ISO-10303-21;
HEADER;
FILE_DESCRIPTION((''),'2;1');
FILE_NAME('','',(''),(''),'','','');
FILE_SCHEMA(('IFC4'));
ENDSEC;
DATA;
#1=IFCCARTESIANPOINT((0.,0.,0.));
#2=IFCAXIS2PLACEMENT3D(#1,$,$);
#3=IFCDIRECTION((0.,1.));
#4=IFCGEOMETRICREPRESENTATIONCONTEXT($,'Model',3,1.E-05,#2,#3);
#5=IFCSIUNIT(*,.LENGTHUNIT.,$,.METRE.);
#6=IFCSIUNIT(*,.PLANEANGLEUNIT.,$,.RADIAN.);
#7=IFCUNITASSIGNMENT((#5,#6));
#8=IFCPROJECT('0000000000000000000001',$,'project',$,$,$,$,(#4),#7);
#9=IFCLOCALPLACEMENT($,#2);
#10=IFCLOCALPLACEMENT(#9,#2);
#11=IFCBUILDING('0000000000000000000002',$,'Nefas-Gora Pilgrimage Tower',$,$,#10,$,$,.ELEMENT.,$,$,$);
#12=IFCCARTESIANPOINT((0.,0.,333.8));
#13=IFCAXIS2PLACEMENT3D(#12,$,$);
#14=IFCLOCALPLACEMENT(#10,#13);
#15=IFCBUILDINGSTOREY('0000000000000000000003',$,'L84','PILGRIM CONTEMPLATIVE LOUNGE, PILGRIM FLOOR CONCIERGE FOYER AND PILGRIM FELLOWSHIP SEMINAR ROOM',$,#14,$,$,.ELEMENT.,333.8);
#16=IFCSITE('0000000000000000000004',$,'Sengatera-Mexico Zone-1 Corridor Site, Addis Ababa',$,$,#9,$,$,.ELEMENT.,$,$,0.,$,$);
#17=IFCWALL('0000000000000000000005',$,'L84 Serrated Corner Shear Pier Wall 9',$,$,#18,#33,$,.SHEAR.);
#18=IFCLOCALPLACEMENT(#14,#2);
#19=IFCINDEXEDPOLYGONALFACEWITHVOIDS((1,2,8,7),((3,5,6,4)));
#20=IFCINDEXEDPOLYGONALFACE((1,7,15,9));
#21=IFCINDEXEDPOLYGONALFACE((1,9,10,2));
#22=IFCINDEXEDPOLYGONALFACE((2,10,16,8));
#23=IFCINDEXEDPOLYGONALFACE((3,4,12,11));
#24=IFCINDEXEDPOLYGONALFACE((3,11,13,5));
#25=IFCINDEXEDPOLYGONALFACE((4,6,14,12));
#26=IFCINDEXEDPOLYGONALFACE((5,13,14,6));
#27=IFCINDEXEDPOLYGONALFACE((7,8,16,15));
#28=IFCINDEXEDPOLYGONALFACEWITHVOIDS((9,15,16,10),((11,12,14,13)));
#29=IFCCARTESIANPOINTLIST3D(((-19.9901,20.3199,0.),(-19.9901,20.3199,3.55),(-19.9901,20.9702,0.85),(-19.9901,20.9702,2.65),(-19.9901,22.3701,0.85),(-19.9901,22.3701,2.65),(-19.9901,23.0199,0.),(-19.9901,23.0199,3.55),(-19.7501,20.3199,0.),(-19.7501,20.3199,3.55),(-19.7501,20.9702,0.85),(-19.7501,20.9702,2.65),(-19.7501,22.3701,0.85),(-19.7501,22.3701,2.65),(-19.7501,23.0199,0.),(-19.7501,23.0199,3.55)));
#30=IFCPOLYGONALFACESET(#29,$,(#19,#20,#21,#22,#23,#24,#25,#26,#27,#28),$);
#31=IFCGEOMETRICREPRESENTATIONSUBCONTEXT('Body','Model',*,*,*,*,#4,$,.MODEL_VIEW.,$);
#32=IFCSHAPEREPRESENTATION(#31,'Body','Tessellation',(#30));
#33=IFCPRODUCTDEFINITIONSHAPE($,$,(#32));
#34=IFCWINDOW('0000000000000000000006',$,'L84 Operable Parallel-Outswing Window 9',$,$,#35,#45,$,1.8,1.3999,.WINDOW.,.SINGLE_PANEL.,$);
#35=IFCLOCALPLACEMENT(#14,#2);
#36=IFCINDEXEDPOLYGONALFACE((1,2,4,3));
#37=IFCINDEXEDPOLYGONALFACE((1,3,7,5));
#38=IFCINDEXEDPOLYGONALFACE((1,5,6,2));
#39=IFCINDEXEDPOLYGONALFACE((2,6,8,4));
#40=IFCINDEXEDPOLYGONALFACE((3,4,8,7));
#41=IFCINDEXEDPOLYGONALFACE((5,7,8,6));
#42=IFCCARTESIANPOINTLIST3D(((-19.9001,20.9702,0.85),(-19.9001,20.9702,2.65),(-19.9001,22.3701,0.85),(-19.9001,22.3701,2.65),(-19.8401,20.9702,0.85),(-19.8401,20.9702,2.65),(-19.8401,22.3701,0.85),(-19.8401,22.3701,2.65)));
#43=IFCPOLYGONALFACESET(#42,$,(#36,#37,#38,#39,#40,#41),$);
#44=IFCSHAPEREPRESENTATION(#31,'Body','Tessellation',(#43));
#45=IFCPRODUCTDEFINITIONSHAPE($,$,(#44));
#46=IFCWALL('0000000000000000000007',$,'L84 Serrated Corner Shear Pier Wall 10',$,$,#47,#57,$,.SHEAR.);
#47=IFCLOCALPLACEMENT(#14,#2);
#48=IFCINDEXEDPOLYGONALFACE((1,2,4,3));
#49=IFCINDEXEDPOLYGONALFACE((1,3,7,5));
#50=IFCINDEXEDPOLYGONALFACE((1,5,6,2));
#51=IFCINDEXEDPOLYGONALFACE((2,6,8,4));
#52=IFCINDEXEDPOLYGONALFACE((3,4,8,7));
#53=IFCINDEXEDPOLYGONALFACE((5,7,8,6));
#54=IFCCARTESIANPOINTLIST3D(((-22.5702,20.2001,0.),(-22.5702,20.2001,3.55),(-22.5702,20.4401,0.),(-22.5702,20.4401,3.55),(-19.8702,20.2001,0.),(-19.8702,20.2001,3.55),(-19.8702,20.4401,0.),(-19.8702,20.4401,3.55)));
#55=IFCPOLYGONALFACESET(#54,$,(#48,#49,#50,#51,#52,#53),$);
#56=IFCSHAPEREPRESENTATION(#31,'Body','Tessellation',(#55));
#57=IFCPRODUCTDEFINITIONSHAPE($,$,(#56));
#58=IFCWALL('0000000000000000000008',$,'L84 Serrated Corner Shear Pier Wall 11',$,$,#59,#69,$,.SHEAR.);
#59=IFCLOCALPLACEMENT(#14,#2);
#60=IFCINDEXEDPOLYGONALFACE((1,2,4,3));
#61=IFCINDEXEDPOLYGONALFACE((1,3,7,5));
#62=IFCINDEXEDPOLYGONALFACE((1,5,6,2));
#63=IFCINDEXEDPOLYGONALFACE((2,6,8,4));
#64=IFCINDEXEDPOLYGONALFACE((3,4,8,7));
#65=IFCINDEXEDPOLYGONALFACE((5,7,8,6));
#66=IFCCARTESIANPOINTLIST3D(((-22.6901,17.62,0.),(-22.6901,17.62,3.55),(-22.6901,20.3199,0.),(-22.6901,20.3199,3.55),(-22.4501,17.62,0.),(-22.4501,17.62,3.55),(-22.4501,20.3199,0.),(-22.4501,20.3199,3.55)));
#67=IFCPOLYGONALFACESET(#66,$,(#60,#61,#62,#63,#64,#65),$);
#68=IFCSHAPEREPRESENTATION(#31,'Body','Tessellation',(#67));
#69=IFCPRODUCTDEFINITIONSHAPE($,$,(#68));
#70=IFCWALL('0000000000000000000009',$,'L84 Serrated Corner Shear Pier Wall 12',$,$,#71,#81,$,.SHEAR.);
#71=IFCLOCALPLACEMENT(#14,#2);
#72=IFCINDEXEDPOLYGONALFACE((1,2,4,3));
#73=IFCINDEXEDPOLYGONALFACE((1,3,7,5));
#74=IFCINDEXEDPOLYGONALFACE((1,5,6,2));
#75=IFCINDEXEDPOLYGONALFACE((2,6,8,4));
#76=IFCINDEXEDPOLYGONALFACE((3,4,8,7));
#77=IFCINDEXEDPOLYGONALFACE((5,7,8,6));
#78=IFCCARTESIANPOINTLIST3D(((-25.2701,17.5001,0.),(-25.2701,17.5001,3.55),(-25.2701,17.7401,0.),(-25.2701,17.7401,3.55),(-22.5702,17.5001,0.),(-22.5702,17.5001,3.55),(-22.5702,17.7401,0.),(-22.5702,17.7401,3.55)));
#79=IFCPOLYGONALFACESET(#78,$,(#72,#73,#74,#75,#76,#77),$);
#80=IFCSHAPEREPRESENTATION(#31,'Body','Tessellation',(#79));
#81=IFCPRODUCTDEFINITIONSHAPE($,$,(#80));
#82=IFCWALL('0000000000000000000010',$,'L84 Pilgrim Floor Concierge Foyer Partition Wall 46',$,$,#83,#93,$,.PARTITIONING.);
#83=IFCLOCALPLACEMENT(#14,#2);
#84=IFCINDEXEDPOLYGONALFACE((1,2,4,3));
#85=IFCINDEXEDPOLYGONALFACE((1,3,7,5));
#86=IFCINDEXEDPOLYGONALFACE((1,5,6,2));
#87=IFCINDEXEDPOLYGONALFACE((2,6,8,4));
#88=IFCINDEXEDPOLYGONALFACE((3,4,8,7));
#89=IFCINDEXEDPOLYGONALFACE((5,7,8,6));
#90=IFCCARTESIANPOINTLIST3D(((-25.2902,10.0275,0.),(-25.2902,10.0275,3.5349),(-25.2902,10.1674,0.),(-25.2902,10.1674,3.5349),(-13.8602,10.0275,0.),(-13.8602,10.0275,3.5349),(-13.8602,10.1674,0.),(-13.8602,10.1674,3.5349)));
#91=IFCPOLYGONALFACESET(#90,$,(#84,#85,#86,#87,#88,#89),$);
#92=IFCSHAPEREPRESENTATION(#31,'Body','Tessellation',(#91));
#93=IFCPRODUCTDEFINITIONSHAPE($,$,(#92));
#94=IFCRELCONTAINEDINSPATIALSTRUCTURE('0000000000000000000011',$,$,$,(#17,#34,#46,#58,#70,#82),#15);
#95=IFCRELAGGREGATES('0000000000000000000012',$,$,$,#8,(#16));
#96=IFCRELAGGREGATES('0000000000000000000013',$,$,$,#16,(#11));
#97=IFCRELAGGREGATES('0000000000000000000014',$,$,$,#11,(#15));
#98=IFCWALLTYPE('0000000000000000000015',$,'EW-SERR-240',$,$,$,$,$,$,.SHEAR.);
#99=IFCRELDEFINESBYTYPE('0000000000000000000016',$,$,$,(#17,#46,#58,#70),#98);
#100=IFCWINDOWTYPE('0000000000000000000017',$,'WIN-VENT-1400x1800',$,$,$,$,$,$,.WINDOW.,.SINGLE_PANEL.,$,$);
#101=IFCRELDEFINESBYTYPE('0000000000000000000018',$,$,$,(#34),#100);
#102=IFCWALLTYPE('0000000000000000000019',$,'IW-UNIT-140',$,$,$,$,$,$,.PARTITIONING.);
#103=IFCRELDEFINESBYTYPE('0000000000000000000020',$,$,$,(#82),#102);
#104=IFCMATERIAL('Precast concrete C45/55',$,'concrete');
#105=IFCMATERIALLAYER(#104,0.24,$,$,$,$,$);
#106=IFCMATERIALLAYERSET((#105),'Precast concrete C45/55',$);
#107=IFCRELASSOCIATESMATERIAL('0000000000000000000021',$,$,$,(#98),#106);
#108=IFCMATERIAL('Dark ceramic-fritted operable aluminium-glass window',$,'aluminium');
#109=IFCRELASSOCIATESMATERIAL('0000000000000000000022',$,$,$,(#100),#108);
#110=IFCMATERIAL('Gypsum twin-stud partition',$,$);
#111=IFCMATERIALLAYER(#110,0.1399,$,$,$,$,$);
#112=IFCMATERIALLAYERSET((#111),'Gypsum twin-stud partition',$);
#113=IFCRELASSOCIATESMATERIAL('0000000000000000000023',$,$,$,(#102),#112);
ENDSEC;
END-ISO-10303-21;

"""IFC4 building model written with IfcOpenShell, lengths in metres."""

from ifc_helpers import new_model, si_unit, direction, frame, frame_2d, origin, place, context, subcontext, project, spatial, rectangle, extrude, source, transform, mapped, material, layer, layer_set, type_object, element, fill, save


model = new_model("IFC4")

# Units and contexts
model_context = context("Model", 3, precision=1e-05, world=origin(), true_north=direction((0.0, 1.0)))
body_context = subcontext(model_context, "Body", "Model", "MODEL_VIEW")
ifc_project = project(units=[si_unit("LENGTHUNIT", "METRE"), si_unit("PLANEANGLEUNIT", "RADIAN")], contexts=[model_context])

# Site, building, storey
site_placement = place(None, origin())
site = spatial("IfcSite", under=ifc_project, at=site_placement, Name="Sengatera-Mexico Zone-1 Corridor Site, Addis Ababa", CompositionType="ELEMENT", RefElevation=0.0)
building_placement = place(site_placement, origin())
building = spatial("IfcBuilding", under=site, at=building_placement, Name="Nefas-Gora Pilgrimage Tower", CompositionType="ELEMENT")
storey_placement = place(building_placement, frame((0.0, 0.0, 333.8)))
storey = spatial("IfcBuildingStorey", under=building, at=storey_placement, Name="L84", Description="PILGRIM CONTEMPLATIVE LOUNGE, PILGRIM FLOOR CONCIERGE FOYER AND PILGRIM FELLOWSHIP SEMINAR ROOM", CompositionType="ELEMENT", Elevation=333.8)

# Wall, opening, window
ifc_material_1 = material(Name="Precast concrete C45/55", Category="concrete")
ifc_layer_1 = layer(ifc_material_1, 0.24)
ifc_layer_set_1 = layer_set([ifc_layer_1], Name="Precast concrete C45/55")
wall_type_1 = type_object("IfcWallType", Name="EW-SERR-240", PredefinedType="SHEAR", material=ifc_layer_set_1)
shared_shape_1 = source(origin(), body_context, "Body", "SweptSolid", [
    extrude(rectangle(XDim=2.7, YDim=0.24, at=frame_2d((1.3501, 0.0))), origin(), (0.0, 0.0, 1.0), 3.55),
])
wall_1_placement = place(storey_placement, frame((-19.8701, 23.02, 0.0), z_axis=(0.0, 0.0, 1.0), x_axis=(0.0, -1.0, 0.0)))
wall_1 = element("IfcWall", 1, at=wall_1_placement, inside=storey, type_object=wall_type_1, Name="L84 Serrated Corner Shear Pier Wall 9", PredefinedType="SHEAR", context=body_context, shape_type="MappedRepresentation", body=[
    mapped(shared_shape_1, transform((0.0, 0.0, 0.0), x_axis=(1.0, 0.0, 0.0), y_axis=(0.0, 1.0, 0.0), z_axis=(0.0, 0.0, 1.0), scale=1.0)),
])
opening_placement = place(wall_1_placement, frame((0.6499, 0.0, 0.8501)))
opening = element("IfcOpeningElement", 2, at=opening_placement, cuts=wall_1, PredefinedType="OPENING", context=body_context, shape_type="SweptSolid", body=[
    extrude(rectangle(XDim=1.3999, YDim=1.8, at=frame_2d((0.7, 0.8999))), frame((0.0, 0.1299, 0.0), z_axis=(0.0, -1.0, 0.0), x_axis=(1.0, 0.0, 0.0)), (0.0, 0.0, 1.0), 0.26),
])
ifc_material_2 = material(Name="Dark ceramic-fritted operable aluminium-glass window", Category="aluminium")
window_type = type_object("IfcWindowType", Name="WIN-VENT-1400x1800", PartitioningType="SINGLE_PANEL", PredefinedType="WINDOW", material=ifc_material_2)
shared_shape_2 = source(origin(), body_context, "Body", "SweptSolid", [
    extrude(rectangle(XDim=1.3999, YDim=1.8, at=frame_2d((0.7, 0.8999))), frame((0.0, 0.03, 0.0), z_axis=(0.0, -1.0, 0.0), x_axis=(1.0, 0.0, 0.0)), (0.0, 0.0, 1.0), 0.0601),
])
window_placement = place(opening_placement, origin())
window = element("IfcWindow", 3, at=window_placement, inside=storey, type_object=window_type, Name="L84 Operable Parallel-Outswing Window 9", OverallHeight=1.8, OverallWidth=1.3999, PartitioningType="SINGLE_PANEL", PredefinedType="WINDOW", context=body_context, shape_type="MappedRepresentation", body=[
    mapped(shared_shape_2, transform((0.0, 0.0, 0.0), x_axis=(1.0, 0.0, 0.0), y_axis=(0.0, 1.0, 0.0), z_axis=(0.0, 0.0, 1.0), scale=1.0)),
])
fill(opening, window)

# Walls
for number, where, z_axis, x_axis, name in (
    (4, (-19.8701, 20.3201, 0.0), (0.0, 0.0, 1.0), (-1.0, 0.0, 0.0), "L84 Serrated Corner Shear Pier Wall 10"),
    (5, (-22.5701, 20.3201, 0.0), (0.0, 0.0, 1.0), (0.0, -1.0, 0.0), "L84 Serrated Corner Shear Pier Wall 11"),
    (6, (-22.5701, 17.6201, 0.0), (0.0, 0.0, 1.0), (-1.0, 0.0, 0.0), "L84 Serrated Corner Shear Pier Wall 12"),
):
    element("IfcWall", number, at=place(storey_placement, frame(where, z_axis=z_axis, x_axis=x_axis)), inside=storey, type_object=wall_type_1, Name=name, PredefinedType="SHEAR", context=body_context, shape_type="MappedRepresentation", body=[
        mapped(shared_shape_1, transform((0.0, 0.0, 0.0), x_axis=(1.0, 0.0, 0.0), y_axis=(0.0, 1.0, 0.0), z_axis=(0.0, 0.0, 1.0), scale=1.0)),
    ])
ifc_material_3 = material(Name="Gypsum twin-stud partition")
ifc_layer_2 = layer(ifc_material_3, 0.1399)
ifc_layer_set_2 = layer_set([ifc_layer_2], Name="Gypsum twin-stud partition")
wall_type_2 = type_object("IfcWallType", Name="IW-UNIT-140", PredefinedType="PARTITIONING", material=ifc_layer_set_2)
shared_shape_3 = source(origin(), body_context, "Body", "SweptSolid", [
    extrude(rectangle(XDim=11.4299, YDim=0.1399, at=frame_2d((5.7148, 0.0))), origin(), (0.0, 0.0, 1.0), 3.5349),
])
wall_2_placement = place(storey_placement, frame((-25.29, 10.0974, 0.0), z_axis=(0.0, 0.0, 1.0), x_axis=(1.0, 0.0, 0.0)))
element("IfcWall", 7, at=wall_2_placement, inside=storey, type_object=wall_type_2, Name="L84 Pilgrim Floor Concierge Foyer Partition Wall 46", PredefinedType="PARTITIONING", context=body_context, shape_type="MappedRepresentation", body=[
    mapped(shared_shape_3, transform((0.0, 0.0, 0.0), x_axis=(1.0, 0.0, 0.0), y_axis=(0.0, 1.0, 0.0), z_axis=(0.0, 0.0, 1.0), scale=1.0)),
])

save(model, "model.ifc")
